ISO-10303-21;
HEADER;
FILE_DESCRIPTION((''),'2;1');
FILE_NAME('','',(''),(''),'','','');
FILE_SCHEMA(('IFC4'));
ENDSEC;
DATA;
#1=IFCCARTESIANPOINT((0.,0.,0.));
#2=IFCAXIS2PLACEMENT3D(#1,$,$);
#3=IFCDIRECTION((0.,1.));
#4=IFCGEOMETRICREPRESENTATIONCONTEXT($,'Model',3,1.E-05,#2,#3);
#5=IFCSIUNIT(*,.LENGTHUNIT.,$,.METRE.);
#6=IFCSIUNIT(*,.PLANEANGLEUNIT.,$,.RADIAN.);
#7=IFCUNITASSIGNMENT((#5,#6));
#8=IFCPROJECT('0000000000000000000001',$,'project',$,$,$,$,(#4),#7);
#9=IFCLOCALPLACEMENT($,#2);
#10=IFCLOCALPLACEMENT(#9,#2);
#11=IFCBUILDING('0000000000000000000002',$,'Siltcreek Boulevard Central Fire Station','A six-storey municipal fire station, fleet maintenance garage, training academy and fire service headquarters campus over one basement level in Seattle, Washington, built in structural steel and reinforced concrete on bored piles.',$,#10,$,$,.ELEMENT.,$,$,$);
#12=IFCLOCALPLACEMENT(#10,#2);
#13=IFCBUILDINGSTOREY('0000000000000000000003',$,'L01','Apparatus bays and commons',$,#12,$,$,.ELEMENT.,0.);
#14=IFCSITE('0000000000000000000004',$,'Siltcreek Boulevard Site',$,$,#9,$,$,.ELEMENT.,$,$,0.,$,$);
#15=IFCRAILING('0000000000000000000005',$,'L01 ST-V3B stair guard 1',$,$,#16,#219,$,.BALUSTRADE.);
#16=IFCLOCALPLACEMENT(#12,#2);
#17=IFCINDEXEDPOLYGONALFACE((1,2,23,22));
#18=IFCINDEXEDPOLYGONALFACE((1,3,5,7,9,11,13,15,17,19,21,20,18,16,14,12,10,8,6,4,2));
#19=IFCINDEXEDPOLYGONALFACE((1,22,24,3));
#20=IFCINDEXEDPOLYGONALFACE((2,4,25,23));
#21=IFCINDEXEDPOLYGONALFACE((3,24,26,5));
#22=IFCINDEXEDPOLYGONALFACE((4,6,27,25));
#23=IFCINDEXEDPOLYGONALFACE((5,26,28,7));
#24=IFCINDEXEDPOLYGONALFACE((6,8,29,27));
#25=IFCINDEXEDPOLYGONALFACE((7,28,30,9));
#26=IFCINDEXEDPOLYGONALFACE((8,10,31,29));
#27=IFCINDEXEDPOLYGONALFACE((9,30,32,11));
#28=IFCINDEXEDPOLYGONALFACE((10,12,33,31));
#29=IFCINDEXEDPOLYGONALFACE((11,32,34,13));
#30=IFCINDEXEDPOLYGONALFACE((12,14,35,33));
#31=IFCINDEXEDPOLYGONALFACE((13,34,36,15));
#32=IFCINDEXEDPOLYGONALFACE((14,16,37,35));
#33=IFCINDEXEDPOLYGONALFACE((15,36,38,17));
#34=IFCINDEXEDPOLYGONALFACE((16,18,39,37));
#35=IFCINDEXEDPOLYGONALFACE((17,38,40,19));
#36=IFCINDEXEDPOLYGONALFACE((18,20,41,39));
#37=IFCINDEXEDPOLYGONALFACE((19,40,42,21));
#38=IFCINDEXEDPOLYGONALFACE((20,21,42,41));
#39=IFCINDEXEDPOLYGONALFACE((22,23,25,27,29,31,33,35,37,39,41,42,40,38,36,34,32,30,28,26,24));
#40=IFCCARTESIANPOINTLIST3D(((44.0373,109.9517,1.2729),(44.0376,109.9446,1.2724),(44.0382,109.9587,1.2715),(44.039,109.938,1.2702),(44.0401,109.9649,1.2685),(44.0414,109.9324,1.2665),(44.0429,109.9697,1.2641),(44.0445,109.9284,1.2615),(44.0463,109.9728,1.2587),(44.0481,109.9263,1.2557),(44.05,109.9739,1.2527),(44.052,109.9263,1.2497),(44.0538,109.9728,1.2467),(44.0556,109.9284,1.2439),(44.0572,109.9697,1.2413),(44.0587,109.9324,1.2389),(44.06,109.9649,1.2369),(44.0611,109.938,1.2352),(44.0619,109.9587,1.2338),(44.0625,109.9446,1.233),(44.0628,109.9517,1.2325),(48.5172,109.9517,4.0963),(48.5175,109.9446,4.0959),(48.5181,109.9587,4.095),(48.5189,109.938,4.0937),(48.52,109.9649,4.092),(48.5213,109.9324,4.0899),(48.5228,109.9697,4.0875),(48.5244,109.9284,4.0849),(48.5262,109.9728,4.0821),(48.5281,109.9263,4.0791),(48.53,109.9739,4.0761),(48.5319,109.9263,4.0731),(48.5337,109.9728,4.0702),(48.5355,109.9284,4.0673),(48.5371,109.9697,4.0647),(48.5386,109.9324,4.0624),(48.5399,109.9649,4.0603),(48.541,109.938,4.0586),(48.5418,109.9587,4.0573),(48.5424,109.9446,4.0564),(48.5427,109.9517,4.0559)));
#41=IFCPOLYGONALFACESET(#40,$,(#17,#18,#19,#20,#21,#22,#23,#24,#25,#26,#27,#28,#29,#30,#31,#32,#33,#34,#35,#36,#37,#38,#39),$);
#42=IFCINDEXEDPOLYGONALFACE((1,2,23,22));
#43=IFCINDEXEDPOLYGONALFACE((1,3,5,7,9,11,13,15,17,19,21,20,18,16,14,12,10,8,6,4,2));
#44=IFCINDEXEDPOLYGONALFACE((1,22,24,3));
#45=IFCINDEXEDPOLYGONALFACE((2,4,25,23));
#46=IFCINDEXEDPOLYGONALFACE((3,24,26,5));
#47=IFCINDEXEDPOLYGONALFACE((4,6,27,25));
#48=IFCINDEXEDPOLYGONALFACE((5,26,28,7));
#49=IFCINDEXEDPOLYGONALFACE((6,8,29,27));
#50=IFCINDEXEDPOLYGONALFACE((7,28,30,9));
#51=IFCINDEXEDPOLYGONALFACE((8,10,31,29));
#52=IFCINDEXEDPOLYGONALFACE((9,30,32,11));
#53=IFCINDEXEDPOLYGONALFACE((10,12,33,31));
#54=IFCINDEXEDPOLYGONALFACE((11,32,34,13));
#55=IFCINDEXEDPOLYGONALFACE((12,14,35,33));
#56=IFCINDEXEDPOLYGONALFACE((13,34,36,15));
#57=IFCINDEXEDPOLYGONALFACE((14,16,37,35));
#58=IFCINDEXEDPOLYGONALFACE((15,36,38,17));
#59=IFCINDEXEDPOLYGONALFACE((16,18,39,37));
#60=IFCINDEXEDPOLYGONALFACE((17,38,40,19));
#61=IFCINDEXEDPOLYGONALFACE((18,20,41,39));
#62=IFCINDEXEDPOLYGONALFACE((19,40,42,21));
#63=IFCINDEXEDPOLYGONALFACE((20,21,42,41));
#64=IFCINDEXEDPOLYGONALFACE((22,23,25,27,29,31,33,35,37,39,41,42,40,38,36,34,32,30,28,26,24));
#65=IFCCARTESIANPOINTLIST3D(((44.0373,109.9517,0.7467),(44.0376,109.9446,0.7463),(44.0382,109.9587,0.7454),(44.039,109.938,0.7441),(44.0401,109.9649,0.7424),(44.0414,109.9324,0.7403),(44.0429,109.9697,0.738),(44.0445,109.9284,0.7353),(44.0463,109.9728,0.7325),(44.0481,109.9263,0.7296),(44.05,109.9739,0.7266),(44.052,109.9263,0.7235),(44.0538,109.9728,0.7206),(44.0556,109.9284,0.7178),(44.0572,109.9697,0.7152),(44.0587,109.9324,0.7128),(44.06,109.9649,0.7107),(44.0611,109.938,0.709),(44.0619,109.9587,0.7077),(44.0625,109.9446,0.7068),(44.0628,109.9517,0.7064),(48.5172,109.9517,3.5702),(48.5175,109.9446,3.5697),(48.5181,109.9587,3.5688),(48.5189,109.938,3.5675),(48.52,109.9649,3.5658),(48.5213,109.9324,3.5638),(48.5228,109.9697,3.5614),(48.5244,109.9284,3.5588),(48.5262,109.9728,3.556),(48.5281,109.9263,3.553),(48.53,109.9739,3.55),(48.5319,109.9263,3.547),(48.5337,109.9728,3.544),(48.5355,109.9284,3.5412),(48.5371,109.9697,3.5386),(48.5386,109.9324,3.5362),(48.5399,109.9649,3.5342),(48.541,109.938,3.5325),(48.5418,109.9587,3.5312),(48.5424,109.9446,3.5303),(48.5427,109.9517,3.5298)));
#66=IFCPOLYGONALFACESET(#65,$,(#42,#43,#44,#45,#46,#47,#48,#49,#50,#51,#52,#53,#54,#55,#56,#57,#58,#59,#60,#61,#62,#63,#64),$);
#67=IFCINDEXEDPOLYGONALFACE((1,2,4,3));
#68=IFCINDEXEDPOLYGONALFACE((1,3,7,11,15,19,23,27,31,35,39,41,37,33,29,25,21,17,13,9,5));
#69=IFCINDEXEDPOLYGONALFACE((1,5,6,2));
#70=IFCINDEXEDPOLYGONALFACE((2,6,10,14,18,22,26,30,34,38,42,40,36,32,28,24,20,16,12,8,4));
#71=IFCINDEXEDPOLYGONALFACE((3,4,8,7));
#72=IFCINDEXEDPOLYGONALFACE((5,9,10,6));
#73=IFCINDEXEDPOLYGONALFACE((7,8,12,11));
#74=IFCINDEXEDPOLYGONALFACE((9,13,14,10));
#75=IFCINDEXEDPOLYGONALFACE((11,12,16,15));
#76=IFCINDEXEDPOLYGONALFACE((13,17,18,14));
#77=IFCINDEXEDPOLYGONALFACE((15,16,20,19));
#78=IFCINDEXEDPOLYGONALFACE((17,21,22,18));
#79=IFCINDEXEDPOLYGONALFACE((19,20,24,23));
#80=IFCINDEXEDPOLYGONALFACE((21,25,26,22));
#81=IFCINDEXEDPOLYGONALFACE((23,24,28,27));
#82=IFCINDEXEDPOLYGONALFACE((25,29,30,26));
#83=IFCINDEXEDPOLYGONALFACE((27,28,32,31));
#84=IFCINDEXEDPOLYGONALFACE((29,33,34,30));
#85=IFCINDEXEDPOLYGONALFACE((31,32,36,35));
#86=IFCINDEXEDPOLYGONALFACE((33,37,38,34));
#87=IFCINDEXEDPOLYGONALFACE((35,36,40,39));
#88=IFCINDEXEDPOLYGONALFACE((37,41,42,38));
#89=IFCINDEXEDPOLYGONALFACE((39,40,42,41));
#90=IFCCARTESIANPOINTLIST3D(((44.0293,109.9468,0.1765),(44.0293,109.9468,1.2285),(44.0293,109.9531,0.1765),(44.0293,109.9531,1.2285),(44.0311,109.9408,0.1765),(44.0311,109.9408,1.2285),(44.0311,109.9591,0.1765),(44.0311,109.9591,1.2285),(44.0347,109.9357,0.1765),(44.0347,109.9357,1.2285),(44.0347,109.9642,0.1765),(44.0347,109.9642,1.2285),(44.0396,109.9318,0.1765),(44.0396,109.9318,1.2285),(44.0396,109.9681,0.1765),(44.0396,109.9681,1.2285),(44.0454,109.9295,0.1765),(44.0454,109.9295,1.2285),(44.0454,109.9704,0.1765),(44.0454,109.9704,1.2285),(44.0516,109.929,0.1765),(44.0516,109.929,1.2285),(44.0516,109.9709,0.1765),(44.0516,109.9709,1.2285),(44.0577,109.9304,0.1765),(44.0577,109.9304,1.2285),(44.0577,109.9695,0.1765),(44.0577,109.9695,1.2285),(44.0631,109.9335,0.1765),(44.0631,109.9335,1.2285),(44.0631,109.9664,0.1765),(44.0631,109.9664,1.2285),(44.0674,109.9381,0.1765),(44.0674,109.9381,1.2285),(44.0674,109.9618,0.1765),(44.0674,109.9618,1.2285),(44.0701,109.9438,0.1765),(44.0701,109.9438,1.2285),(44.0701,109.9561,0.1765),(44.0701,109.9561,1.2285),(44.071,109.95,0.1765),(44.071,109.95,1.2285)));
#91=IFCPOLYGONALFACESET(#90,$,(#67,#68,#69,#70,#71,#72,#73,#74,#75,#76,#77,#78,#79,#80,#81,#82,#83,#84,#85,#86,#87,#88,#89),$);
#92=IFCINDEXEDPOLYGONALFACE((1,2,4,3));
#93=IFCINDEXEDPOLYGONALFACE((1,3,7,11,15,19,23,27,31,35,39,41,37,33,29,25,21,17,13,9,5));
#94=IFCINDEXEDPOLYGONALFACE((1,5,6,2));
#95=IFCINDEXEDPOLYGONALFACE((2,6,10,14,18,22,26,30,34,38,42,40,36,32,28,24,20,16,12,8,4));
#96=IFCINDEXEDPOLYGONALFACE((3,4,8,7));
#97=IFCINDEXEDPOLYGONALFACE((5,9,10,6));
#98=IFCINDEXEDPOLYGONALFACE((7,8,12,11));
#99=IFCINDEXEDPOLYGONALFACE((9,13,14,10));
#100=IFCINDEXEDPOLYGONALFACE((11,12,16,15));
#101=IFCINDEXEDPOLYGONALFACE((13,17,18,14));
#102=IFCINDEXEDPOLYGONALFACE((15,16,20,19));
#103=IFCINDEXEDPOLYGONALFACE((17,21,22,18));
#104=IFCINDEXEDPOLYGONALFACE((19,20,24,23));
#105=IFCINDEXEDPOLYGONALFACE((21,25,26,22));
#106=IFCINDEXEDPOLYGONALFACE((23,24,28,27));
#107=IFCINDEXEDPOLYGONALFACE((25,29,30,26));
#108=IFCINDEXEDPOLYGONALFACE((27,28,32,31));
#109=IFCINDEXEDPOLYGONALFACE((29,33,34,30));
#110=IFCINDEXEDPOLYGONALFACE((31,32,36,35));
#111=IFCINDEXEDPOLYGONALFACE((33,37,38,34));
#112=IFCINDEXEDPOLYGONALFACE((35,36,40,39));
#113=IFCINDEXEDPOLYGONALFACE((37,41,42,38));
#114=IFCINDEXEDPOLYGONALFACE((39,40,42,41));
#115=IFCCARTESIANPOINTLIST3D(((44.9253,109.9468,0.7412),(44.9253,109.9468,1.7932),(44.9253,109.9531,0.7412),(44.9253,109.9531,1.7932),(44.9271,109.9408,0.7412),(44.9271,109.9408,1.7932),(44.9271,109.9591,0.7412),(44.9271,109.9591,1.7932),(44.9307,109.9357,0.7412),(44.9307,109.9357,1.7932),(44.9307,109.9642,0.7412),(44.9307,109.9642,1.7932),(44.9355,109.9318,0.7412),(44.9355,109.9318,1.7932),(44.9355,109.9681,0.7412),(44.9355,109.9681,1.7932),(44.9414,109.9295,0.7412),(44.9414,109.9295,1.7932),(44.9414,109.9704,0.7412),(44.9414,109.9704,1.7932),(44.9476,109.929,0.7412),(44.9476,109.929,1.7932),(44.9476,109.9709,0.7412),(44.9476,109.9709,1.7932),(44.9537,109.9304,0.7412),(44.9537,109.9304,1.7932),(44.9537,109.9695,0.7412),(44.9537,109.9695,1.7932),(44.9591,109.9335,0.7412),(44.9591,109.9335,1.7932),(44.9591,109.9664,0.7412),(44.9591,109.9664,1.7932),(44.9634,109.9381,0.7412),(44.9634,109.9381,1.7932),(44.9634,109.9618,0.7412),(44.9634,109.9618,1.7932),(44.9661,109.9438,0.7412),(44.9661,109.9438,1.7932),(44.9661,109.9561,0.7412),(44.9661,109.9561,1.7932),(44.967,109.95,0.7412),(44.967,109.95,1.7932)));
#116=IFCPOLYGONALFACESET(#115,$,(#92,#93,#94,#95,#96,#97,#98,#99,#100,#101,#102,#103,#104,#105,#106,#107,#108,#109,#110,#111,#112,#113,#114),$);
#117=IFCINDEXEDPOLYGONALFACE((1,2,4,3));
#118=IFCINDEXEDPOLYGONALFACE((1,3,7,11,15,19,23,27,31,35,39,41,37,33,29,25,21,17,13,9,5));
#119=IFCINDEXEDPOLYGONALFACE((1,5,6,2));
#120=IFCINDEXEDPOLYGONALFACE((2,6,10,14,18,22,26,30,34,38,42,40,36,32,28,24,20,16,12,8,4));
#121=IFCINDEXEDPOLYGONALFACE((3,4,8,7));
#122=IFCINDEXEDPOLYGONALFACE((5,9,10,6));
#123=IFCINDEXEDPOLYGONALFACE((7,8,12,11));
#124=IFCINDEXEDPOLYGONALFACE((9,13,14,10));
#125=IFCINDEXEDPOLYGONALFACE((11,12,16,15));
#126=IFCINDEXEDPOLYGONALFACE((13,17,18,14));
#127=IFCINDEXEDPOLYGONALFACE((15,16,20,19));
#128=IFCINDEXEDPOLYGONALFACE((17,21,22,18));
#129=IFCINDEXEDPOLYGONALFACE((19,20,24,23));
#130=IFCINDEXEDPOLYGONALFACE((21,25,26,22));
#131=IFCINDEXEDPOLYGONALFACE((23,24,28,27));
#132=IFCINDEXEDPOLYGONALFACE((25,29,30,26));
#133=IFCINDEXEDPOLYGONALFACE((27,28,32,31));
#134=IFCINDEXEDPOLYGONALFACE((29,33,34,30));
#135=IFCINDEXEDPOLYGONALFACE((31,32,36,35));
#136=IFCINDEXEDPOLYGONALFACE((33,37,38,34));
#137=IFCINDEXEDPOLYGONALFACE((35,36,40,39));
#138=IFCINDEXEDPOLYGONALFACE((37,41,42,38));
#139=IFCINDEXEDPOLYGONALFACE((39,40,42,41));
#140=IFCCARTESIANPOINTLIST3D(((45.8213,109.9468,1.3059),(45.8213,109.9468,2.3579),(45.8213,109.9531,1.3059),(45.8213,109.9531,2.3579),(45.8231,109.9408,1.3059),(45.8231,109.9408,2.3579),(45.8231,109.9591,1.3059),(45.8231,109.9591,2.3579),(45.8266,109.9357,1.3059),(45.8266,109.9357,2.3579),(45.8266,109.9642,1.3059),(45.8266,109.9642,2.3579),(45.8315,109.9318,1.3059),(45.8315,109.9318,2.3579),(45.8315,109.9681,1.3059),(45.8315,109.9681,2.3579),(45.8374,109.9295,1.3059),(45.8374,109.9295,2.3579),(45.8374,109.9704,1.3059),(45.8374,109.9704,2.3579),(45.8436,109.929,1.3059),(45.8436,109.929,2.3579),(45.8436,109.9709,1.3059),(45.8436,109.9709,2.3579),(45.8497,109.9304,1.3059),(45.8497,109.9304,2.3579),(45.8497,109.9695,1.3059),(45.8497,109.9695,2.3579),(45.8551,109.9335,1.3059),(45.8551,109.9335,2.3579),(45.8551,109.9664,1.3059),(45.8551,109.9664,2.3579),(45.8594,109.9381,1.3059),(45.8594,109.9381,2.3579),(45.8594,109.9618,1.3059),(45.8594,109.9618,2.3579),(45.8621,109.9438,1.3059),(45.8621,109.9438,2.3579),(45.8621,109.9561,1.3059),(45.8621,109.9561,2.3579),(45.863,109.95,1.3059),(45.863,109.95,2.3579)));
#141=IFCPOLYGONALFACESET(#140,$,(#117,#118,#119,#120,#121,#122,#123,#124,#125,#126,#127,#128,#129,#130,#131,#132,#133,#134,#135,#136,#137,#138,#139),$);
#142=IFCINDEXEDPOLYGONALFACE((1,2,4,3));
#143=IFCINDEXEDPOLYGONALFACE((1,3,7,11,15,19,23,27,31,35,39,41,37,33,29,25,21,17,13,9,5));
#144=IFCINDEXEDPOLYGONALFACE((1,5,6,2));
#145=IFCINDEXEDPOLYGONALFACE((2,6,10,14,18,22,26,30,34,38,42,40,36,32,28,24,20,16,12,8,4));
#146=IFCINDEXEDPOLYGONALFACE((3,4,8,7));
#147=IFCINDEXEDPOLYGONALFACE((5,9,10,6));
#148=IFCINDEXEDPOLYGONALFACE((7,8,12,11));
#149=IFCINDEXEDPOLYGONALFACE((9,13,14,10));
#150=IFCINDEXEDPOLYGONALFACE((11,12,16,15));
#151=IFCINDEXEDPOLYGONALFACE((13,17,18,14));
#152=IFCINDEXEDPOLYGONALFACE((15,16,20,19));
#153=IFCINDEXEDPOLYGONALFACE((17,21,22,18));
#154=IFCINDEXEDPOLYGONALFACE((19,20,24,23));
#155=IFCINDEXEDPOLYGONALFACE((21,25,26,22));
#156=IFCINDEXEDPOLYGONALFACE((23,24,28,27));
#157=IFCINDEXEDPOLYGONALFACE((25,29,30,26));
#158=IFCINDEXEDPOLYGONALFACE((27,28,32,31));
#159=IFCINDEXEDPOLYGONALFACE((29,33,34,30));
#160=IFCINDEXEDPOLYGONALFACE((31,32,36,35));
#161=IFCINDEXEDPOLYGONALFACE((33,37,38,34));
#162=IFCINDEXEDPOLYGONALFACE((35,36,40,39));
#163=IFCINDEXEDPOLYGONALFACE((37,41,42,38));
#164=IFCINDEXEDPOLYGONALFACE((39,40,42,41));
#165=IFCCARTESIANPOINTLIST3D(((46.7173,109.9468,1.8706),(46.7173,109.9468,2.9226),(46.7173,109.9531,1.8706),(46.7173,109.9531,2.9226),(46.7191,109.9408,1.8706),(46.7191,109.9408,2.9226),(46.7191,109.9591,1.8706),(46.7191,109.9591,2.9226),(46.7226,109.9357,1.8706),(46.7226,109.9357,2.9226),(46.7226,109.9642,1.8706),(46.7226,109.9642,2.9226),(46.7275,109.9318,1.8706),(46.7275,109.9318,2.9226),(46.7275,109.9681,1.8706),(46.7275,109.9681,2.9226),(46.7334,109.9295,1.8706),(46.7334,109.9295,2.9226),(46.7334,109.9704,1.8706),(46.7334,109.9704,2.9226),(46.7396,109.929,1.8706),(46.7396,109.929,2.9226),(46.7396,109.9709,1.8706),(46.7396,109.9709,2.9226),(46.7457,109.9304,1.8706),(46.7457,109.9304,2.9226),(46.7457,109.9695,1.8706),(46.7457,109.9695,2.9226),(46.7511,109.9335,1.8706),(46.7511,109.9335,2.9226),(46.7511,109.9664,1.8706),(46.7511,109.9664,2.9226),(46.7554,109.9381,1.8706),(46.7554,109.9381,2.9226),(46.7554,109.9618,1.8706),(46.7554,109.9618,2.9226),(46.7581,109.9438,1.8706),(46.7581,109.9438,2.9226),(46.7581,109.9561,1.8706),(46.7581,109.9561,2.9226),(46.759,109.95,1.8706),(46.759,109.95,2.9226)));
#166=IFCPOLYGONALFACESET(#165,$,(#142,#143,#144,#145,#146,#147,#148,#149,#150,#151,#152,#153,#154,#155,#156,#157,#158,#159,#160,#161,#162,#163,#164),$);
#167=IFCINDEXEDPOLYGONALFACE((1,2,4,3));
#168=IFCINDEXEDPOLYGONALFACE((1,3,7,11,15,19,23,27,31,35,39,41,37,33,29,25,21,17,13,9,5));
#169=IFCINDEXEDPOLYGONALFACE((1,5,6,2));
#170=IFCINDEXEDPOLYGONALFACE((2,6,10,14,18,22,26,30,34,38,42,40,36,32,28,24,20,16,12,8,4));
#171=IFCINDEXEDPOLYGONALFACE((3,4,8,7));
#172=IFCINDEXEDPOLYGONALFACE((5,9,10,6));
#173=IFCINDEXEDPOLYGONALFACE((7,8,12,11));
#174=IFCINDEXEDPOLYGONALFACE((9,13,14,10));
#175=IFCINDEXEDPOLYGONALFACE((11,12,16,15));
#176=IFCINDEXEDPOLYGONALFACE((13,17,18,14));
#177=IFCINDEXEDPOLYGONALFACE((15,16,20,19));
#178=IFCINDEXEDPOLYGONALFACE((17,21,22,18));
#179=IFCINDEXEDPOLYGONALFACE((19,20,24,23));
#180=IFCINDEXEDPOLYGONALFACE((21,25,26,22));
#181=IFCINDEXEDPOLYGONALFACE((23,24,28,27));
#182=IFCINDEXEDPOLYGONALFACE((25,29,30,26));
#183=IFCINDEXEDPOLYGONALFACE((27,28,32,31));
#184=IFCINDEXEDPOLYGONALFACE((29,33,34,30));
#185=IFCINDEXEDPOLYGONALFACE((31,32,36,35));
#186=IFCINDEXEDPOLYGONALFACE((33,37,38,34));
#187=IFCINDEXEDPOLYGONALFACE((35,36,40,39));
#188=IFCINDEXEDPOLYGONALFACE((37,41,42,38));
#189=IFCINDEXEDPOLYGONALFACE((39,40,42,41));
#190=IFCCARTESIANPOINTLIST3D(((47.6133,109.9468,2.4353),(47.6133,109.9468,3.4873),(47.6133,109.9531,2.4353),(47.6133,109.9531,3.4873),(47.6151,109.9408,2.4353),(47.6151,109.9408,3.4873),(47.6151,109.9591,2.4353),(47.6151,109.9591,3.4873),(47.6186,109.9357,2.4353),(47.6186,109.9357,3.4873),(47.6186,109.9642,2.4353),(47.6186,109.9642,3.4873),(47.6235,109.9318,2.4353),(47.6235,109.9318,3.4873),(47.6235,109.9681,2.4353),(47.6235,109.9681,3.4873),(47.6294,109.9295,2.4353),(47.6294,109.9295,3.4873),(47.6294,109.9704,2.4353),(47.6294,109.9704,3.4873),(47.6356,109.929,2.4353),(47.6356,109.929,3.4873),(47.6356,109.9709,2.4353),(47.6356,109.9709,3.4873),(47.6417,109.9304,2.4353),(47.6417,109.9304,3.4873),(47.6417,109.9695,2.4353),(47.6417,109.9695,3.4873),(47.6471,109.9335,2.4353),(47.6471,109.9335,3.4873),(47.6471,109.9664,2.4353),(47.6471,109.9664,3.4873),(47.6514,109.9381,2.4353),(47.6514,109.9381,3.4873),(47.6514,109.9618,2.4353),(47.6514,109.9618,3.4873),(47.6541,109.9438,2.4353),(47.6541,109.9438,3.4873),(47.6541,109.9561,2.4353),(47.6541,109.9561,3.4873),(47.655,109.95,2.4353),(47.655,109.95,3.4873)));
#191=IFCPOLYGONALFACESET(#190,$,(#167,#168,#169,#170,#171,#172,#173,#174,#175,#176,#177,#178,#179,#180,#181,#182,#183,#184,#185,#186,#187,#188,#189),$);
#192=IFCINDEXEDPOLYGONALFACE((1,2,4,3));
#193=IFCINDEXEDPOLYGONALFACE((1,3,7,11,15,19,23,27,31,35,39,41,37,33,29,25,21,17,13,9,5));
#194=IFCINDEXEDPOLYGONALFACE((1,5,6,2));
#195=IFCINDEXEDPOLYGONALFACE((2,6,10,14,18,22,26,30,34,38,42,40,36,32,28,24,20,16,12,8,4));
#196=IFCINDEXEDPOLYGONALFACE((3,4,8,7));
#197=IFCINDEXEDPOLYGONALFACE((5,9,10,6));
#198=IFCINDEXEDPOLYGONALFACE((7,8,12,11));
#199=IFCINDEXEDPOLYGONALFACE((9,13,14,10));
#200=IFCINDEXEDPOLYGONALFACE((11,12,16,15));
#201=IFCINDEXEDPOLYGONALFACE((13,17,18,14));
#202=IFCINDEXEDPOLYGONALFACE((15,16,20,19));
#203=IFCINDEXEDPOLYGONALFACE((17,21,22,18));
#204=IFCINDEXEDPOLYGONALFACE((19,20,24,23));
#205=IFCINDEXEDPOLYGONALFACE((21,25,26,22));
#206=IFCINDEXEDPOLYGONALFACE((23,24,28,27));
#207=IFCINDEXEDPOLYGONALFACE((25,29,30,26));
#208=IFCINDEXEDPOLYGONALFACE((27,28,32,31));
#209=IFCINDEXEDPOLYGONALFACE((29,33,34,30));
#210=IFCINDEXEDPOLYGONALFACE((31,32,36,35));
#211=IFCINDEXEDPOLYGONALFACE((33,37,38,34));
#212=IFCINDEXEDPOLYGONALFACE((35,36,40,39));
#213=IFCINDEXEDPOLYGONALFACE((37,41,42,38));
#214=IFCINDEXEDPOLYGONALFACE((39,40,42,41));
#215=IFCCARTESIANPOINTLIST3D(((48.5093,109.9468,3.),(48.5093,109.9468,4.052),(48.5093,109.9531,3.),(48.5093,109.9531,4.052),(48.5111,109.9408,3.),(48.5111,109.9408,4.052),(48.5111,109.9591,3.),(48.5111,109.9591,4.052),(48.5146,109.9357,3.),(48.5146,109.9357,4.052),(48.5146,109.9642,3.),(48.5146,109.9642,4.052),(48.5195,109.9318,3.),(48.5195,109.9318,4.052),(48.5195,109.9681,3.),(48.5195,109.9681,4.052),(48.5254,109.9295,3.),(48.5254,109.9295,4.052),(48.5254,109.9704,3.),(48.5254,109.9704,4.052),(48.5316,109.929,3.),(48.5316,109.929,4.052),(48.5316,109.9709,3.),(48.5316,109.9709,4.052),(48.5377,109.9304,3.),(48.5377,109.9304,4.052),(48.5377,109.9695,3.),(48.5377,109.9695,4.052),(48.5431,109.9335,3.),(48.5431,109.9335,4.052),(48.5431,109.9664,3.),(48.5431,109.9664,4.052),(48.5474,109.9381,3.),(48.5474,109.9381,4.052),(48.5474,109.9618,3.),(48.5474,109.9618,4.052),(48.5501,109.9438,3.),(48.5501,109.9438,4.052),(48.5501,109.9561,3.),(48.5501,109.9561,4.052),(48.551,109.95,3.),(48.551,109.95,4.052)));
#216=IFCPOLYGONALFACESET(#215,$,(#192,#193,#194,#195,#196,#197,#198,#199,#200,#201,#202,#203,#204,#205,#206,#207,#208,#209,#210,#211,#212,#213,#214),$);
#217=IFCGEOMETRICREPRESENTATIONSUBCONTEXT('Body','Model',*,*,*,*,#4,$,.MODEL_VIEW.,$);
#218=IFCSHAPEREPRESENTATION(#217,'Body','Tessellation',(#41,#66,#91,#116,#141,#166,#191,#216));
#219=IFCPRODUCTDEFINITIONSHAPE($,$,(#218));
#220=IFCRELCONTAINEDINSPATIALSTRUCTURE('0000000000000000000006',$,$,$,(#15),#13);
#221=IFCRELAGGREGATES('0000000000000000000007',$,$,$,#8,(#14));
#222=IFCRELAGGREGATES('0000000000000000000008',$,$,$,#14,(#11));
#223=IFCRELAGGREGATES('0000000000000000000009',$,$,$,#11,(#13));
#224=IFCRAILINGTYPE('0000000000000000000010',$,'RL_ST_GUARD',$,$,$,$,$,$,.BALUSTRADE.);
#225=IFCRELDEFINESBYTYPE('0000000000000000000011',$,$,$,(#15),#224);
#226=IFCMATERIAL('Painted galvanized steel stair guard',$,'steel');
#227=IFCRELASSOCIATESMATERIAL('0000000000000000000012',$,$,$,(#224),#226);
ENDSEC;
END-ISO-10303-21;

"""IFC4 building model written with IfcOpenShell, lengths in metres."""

from ifc_helpers import new_model, si_unit, direction, frame, origin, origin_2d, place, context, subcontext, project, spatial, circle, extrude, material, type_object, element, save


model = new_model("IFC4")

# Units and contexts
model_context = context("Model", 3, precision=1e-05, world=origin(), true_north=direction((0.0, 1.0)))
body_context = subcontext(model_context, "Body", "Model", "MODEL_VIEW")
ifc_project = project(units=[si_unit("LENGTHUNIT", "METRE"), si_unit("PLANEANGLEUNIT", "RADIAN")], contexts=[model_context])

# Site, building, storey
site_placement = place(None, origin())
site = spatial("IfcSite", under=ifc_project, at=site_placement, Name="Siltcreek Boulevard Site", CompositionType="ELEMENT", RefElevation=0.0)
building_placement = place(site_placement, origin())
building = spatial("IfcBuilding", under=site, at=building_placement, Name="Siltcreek Boulevard Central Fire Station", Description="A six-storey municipal fire station, fleet maintenance garage, training academy and fire service headquarters campus over one basement level in Seattle, Washington, built in structural steel and reinforced concrete on bored piles.", CompositionType="ELEMENT")
storey_placement = place(building_placement, origin())
storey = spatial("IfcBuildingStorey", under=building, at=storey_placement, Name="L01", Description="Apparatus bays and commons", CompositionType="ELEMENT", Elevation=0.0)

# Railing
ifc_material_1 = material(Name="Painted galvanized steel stair guard", Category="steel")
railing_type_1 = type_object("IfcRailingType", Name="RL_ST_GUARD", PredefinedType="BALUSTRADE", material=ifc_material_1)
railing_1_placement = place(storey_placement, frame((44.05, 109.95, 0.1765)))
element("IfcRailing", 1, at=railing_1_placement, inside=storey, type_object=railing_type_1, Name="L01 ST-V3B stair guard 1", PredefinedType="BALUSTRADE", context=body_context, shape_type="SweptSolid", body=[
    extrude(circle(Radius=0.0239, at=origin_2d()), frame((0.0, 0.0, 1.0762), z_axis=(0.845998, 0.0, 0.533186), x_axis=(0.0, 1.0, 0.0)), (0.0, 0.0, 1.0), 5.2954),
    extrude(circle(Radius=0.0239, at=origin_2d()), frame((0.0, 0.0, 0.55), z_axis=(0.845998, 0.0, 0.533186), x_axis=(0.0, 1.0, 0.0)), (0.0, 0.0, 1.0), 5.2954),
    extrude(circle(Radius=0.021, at=origin_2d()), origin(), (0.0, 0.0, 1.0), 1.052),
    extrude(circle(Radius=0.021, at=origin_2d()), frame((0.896, 0.0, 0.5647)), (0.0, 0.0, 1.0), 1.052),
    extrude(circle(Radius=0.021, at=origin_2d()), frame((1.792, 0.0, 1.1294)), (0.0, 0.0, 1.0), 1.052),
    extrude(circle(Radius=0.021, at=origin_2d()), frame((2.688, 0.0, 1.6941)), (0.0, 0.0, 1.0), 1.052),
    extrude(circle(Radius=0.021, at=origin_2d()), frame((3.584, 0.0, 2.2588)), (0.0, 0.0, 1.0), 1.052),
    extrude(circle(Radius=0.021, at=origin_2d()), frame((4.48, 0.0, 2.8235)), (0.0, 0.0, 1.0), 1.052),
])

save(model, "model.ifc")
